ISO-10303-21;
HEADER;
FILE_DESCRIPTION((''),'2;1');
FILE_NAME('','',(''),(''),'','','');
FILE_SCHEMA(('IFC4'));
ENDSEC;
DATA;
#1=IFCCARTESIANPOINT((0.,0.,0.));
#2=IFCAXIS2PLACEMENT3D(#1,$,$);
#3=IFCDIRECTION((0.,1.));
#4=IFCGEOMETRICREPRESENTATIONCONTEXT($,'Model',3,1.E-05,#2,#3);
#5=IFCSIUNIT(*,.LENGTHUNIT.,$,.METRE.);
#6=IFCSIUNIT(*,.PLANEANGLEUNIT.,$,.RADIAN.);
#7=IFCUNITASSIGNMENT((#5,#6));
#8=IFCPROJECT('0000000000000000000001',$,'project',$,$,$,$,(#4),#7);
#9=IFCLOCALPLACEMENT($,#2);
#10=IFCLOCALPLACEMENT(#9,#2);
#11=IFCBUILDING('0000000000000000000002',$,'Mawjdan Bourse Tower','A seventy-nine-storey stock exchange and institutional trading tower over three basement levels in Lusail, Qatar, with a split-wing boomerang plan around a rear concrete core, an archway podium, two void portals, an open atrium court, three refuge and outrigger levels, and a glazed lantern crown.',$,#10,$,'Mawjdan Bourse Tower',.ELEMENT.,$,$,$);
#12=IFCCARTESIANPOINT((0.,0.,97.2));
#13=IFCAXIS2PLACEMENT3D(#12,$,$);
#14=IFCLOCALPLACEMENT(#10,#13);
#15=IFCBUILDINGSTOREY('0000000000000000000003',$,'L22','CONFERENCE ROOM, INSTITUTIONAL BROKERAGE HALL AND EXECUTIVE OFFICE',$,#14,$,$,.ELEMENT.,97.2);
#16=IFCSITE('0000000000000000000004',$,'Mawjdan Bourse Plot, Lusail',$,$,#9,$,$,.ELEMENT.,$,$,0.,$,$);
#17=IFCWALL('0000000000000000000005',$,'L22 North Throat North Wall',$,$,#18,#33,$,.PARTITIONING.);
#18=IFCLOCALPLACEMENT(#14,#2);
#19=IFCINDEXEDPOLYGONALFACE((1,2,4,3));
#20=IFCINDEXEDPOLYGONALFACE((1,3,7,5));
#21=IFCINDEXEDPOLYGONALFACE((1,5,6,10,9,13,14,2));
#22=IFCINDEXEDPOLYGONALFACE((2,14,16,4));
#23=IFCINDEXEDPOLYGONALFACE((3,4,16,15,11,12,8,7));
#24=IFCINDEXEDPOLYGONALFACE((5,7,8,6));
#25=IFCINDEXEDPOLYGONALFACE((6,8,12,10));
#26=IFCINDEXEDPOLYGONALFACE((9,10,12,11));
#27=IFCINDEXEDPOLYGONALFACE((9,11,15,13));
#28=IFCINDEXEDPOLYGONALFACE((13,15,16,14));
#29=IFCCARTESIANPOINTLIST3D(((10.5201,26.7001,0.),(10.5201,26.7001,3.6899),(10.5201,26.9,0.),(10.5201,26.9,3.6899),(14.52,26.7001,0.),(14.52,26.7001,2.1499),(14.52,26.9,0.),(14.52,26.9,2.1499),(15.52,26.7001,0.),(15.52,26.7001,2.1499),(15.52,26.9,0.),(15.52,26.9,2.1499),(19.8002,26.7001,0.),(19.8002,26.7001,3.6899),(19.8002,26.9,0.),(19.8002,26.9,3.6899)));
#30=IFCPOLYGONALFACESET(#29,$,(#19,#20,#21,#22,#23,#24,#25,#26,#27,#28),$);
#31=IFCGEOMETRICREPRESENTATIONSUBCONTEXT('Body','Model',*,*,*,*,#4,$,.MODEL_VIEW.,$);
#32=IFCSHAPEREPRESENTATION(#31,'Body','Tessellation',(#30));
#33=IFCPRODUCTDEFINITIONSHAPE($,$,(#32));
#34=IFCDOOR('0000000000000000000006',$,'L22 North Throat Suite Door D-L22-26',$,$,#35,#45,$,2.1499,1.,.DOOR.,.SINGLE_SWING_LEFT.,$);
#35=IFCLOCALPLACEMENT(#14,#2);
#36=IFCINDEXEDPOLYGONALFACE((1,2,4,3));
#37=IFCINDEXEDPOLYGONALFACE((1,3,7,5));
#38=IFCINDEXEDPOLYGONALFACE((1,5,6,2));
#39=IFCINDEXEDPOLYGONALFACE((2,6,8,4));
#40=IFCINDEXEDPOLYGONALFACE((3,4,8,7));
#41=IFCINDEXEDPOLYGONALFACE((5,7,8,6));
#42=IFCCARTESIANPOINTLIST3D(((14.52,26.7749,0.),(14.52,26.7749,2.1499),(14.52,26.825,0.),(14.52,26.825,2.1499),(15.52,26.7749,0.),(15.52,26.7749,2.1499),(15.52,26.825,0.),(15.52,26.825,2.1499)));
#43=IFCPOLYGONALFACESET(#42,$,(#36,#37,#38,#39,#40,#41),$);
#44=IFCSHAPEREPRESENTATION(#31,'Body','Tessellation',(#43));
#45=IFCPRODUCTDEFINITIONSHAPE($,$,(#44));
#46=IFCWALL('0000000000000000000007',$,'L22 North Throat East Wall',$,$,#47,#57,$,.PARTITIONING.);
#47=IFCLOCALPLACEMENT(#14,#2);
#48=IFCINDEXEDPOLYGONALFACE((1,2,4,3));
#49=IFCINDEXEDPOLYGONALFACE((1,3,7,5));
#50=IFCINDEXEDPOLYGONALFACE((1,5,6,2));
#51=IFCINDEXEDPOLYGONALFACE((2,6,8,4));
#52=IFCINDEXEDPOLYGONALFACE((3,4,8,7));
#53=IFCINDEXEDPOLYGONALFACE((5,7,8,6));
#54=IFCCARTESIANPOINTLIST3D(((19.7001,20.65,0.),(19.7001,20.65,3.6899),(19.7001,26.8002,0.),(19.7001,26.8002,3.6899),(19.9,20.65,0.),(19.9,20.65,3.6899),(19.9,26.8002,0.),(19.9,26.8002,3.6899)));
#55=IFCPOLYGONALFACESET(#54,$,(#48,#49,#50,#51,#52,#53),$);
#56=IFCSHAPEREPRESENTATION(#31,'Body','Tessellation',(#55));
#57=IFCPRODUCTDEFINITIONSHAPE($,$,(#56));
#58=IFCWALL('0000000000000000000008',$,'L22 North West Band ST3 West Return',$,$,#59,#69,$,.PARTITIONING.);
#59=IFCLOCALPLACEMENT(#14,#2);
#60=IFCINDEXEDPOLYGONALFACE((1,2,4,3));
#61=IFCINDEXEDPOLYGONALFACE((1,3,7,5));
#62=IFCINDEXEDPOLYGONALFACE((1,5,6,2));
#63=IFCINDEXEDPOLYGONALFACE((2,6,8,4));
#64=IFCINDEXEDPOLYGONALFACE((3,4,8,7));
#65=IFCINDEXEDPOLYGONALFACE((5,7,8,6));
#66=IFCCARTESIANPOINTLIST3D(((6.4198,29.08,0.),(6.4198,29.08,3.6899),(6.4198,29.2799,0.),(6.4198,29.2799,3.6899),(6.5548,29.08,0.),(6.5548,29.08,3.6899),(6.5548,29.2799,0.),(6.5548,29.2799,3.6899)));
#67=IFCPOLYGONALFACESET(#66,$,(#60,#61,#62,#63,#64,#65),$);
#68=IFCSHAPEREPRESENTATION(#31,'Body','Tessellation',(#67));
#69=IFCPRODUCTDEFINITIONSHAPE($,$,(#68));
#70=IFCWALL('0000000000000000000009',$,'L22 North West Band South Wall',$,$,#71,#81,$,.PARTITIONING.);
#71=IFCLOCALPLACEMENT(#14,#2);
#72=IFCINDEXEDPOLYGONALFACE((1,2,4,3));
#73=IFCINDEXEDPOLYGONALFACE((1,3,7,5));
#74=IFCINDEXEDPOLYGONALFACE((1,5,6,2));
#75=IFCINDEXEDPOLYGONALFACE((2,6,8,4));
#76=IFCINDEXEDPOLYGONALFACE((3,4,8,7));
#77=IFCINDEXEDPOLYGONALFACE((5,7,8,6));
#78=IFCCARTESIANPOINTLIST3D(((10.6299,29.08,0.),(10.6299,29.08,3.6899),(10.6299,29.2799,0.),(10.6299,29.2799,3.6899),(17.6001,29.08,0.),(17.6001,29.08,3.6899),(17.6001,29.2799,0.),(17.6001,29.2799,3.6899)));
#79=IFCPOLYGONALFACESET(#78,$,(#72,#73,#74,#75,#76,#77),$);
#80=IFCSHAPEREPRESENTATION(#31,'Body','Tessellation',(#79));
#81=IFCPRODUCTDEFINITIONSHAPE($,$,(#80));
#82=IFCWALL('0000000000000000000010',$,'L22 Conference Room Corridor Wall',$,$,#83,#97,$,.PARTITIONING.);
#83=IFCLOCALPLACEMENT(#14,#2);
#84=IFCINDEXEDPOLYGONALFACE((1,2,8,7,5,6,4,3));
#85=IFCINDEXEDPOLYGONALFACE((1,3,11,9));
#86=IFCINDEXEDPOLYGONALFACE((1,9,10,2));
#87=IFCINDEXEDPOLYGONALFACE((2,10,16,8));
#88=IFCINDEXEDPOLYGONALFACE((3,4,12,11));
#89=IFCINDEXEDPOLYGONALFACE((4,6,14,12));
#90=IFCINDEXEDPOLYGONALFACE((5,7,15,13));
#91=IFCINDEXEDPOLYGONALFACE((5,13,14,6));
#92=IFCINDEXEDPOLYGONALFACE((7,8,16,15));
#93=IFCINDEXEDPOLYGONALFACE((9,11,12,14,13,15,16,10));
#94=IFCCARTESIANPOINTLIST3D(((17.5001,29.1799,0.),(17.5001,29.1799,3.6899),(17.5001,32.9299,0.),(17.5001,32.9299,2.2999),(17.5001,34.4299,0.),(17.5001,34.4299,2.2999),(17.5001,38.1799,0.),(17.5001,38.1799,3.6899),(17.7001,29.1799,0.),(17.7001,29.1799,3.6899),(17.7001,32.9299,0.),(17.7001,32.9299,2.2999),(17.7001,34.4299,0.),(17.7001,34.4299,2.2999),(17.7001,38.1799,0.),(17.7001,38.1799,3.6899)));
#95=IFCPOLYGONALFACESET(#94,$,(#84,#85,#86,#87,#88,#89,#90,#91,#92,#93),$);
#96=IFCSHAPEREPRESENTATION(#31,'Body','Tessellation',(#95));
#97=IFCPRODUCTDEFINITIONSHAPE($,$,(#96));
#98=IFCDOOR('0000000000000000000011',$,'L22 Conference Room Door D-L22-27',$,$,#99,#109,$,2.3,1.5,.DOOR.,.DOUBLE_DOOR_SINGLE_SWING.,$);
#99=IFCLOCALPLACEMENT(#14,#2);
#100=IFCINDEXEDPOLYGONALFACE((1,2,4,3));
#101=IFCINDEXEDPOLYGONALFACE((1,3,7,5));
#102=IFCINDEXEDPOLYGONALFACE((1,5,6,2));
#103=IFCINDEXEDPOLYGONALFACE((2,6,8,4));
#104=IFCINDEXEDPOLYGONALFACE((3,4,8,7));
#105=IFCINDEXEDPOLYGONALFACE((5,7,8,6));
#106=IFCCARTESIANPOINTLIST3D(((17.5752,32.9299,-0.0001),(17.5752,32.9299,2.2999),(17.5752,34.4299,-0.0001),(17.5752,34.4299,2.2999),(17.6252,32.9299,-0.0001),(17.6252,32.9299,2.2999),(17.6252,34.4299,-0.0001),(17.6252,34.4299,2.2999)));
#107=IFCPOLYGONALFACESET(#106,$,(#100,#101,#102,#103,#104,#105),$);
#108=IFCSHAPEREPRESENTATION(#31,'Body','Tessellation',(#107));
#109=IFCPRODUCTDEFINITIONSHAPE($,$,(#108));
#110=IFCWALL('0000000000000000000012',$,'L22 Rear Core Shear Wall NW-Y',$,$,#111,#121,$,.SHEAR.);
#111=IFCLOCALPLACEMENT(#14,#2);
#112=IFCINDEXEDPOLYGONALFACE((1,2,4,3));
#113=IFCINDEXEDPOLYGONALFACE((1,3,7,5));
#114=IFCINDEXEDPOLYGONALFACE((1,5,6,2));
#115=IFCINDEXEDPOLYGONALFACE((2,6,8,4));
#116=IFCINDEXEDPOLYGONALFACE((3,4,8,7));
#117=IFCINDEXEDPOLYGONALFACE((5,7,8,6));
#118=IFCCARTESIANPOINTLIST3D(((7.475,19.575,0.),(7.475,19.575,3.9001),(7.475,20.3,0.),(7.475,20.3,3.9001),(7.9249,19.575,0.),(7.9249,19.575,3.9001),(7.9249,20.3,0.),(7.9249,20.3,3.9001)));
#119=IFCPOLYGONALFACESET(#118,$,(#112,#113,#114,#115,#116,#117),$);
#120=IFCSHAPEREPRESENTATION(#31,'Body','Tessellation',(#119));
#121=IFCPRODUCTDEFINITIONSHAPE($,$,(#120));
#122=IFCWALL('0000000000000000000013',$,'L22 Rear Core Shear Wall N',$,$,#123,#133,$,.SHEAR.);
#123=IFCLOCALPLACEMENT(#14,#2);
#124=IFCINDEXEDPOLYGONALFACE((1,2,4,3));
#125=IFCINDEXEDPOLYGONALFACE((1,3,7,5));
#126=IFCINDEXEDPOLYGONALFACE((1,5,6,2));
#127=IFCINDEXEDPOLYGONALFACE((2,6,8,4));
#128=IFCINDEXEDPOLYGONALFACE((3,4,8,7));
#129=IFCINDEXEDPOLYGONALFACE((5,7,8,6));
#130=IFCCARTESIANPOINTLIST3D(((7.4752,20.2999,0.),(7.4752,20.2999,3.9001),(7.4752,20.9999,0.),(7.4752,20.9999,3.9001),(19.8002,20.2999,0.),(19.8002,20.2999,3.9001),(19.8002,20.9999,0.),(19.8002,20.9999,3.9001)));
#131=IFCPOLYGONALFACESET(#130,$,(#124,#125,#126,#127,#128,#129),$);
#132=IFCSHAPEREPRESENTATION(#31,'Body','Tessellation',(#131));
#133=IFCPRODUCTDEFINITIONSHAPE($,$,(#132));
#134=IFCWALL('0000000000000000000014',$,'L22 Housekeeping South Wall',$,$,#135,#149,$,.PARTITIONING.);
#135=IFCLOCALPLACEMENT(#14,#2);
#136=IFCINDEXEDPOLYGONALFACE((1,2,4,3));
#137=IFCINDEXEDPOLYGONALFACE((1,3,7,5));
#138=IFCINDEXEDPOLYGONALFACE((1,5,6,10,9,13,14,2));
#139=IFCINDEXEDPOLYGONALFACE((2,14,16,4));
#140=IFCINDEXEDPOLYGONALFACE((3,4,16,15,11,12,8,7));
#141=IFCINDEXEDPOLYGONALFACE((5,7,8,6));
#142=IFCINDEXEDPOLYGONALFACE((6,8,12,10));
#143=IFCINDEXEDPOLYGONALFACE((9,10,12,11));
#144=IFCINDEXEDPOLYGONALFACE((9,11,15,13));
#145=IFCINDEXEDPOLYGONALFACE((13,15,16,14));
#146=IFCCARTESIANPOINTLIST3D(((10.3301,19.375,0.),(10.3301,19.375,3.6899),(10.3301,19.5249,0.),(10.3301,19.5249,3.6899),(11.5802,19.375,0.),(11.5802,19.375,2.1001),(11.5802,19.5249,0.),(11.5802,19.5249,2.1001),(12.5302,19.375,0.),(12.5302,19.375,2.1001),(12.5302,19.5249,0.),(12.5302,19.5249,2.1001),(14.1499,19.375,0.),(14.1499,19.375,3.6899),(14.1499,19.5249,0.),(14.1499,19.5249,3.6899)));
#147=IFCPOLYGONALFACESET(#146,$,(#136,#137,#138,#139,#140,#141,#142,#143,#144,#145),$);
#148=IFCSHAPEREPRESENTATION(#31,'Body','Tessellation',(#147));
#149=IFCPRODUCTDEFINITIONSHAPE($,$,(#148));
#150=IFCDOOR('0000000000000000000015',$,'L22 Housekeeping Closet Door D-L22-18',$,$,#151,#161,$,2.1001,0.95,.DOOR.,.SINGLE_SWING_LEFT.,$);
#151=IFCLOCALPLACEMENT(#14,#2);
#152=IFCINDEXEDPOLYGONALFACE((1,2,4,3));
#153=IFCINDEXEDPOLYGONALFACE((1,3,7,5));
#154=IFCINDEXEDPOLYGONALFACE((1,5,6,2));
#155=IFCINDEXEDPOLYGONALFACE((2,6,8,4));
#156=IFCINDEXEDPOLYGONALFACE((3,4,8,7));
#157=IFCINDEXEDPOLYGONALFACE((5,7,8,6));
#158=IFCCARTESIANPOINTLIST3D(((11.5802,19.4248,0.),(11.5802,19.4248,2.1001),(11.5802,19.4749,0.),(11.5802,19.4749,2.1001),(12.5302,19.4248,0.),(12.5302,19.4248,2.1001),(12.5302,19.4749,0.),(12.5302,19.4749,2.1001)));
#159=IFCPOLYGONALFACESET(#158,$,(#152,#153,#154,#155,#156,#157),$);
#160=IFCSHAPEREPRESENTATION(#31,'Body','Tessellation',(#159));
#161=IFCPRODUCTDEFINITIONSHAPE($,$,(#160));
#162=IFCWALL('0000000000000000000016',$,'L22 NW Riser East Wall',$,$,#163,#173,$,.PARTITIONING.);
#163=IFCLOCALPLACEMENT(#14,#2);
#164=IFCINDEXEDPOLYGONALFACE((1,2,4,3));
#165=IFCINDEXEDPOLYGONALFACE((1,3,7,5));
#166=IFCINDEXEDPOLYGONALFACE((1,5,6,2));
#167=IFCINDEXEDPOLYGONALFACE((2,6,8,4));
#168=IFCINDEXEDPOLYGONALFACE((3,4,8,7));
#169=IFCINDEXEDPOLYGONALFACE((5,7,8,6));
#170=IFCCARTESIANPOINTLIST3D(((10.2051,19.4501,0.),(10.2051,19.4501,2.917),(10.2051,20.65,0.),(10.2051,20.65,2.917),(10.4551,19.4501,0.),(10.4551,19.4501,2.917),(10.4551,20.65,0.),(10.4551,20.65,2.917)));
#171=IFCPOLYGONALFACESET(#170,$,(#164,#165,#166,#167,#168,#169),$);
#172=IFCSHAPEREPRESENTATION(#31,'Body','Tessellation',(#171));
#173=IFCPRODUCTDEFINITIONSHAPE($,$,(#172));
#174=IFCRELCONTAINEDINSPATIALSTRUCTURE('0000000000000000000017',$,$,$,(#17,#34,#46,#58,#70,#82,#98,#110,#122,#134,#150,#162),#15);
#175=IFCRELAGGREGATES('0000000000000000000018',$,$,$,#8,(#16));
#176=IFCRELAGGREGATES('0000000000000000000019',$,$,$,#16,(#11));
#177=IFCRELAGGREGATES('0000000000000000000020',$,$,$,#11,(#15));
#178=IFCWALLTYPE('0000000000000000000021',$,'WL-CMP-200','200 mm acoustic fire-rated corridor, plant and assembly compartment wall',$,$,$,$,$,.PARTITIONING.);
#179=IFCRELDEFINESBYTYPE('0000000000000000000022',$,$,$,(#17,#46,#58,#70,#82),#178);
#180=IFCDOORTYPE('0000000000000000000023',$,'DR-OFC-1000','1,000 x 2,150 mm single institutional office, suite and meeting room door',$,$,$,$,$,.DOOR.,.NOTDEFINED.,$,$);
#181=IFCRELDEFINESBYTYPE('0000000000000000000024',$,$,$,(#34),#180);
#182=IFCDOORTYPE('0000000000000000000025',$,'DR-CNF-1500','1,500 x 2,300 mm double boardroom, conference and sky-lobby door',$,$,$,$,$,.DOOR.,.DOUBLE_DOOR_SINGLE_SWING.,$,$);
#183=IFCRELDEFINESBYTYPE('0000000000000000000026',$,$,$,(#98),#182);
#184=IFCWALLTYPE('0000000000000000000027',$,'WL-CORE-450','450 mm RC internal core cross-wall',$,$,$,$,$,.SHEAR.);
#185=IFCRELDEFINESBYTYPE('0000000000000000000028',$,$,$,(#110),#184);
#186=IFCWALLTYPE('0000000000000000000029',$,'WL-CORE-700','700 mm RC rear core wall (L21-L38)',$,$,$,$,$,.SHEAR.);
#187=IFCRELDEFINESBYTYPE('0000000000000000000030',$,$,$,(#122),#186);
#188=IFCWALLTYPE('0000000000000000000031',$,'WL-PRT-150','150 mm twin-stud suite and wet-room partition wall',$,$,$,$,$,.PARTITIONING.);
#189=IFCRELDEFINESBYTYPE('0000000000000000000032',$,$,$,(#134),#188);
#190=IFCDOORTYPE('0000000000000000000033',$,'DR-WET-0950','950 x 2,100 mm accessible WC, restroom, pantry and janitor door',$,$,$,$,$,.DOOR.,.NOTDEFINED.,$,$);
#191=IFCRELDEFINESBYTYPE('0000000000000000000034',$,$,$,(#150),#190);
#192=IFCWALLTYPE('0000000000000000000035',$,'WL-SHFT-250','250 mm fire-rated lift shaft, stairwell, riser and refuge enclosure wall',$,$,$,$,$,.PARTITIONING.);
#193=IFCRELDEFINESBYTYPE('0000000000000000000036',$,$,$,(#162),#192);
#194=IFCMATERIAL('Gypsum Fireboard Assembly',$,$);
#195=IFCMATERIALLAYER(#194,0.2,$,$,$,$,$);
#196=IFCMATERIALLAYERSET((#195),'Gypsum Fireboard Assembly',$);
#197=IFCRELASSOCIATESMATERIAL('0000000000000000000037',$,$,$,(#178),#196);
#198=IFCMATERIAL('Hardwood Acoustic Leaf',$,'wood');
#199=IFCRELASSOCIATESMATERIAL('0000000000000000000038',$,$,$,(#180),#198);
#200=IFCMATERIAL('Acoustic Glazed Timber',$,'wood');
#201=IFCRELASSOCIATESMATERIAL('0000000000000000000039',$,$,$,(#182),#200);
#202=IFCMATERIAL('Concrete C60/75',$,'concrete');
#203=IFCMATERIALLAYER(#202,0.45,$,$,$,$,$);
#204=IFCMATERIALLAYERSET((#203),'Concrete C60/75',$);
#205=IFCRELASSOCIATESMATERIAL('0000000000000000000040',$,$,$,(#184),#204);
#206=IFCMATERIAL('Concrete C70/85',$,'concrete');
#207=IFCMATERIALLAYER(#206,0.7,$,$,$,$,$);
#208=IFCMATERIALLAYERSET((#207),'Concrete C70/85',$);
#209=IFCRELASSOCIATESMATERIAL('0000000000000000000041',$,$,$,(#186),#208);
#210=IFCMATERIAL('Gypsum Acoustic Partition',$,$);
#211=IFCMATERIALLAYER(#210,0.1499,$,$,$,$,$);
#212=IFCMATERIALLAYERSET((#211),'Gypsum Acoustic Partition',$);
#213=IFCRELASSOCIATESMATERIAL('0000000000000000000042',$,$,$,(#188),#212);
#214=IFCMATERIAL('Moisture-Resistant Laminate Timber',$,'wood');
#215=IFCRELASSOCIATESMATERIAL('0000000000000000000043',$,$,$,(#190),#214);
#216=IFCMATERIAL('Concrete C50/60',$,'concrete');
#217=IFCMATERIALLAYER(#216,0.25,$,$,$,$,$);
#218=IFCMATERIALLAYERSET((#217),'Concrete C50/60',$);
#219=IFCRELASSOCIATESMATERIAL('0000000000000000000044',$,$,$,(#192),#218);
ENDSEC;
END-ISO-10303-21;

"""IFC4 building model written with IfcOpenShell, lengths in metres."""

from ifc_helpers import new_model, si_unit, direction, frame, frame_2d, origin, place, context, subcontext, project, spatial, rectangle, extrude, material, layer, layer_set, type_object, element, fill, save


model = new_model("IFC4")

# Units and contexts
model_context = context("Model", 3, precision=1e-05, world=origin(), true_north=direction((0.0, 1.0)))
body_context = subcontext(model_context, "Body", "Model", "MODEL_VIEW")
ifc_project = project(units=[si_unit("LENGTHUNIT", "METRE"), si_unit("PLANEANGLEUNIT", "RADIAN")], contexts=[model_context])

# Site, building, storey
site_placement = place(None, origin())
site = spatial("IfcSite", under=ifc_project, at=site_placement, Name="Mawjdan Bourse Plot, Lusail", CompositionType="ELEMENT", RefElevation=0.0)
building_placement = place(site_placement, origin())
building = spatial("IfcBuilding", under=site, at=building_placement, Name="Mawjdan Bourse Tower", Description="A seventy-nine-storey stock exchange and institutional trading tower over three basement levels in Lusail, Qatar, with a split-wing boomerang plan around a rear concrete core, an archway podium, two void portals, an open atrium court, three refuge and outrigger levels, and a glazed lantern crown.", LongName="Mawjdan Bourse Tower", CompositionType="ELEMENT")
storey_placement = place(building_placement, frame((0.0, 0.0, 97.2)))
storey = spatial("IfcBuildingStorey", under=building, at=storey_placement, Name="L22", Description="CONFERENCE ROOM, INSTITUTIONAL BROKERAGE HALL AND EXECUTIVE OFFICE", CompositionType="ELEMENT", Elevation=97.2)

# Shared definitions
ifc_material_1 = material(Name="Concrete C70/85", Category="concrete")

# Wall, opening, door
ifc_material_2 = material(Name="Gypsum Fireboard Assembly")
ifc_layer_1 = layer(ifc_material_2, 0.2)
ifc_layer_set_1 = layer_set([ifc_layer_1], Name="Gypsum Fireboard Assembly")
wall_type_1 = type_object("IfcWallType", Name="WL-CMP-200", Description="200 mm acoustic fire-rated corridor, plant and assembly compartment wall", PredefinedType="PARTITIONING", material=ifc_layer_set_1)
wall_1_placement = place(storey_placement, frame((10.52, 26.8, 0.0), z_axis=(0.0, 0.0, 1.0), x_axis=(1.0, 0.0, 0.0)))
wall_1 = element("IfcWall", 1, at=wall_1_placement, inside=storey, type_object=wall_type_1, Name="L22 North Throat North Wall", PredefinedType="PARTITIONING", context=body_context, shape_type="SweptSolid", body=[
    extrude(rectangle(XDim=9.28, YDim=0.2, at=frame_2d((4.6401, 0.0))), origin(), (0.0, 0.0, 1.0), 3.6899),
])
opening_1_placement = place(wall_1_placement, frame((4.0, 0.0, 0.0)))
opening_1 = element("IfcOpeningElement", 2, at=opening_1_placement, cuts=wall_1, PredefinedType="OPENING", context=body_context, shape_type="SweptSolid", body=[
    extrude(rectangle(XDim=1.0, YDim=2.1499, at=frame_2d((0.5, 1.075))), frame((0.0, 0.1099, 0.0), z_axis=(0.0, -1.0, 0.0), x_axis=(1.0, 0.0, 0.0)), (0.0, 0.0, 1.0), 0.22),
])
ifc_material_3 = material(Name="Hardwood Acoustic Leaf", Category="wood")
door_type_1 = type_object("IfcDoorType", Name="DR-OFC-1000", Description="1,000 x 2,150 mm single institutional office, suite and meeting room door", OperationType="NOTDEFINED", PredefinedType="DOOR", material=ifc_material_3)
door_1_placement = place(opening_1_placement, origin())
door_1 = element("IfcDoor", 3, at=door_1_placement, inside=storey, type_object=door_type_1, Name="L22 North Throat Suite Door D-L22-26", OperationType="SINGLE_SWING_LEFT", OverallHeight=2.1499, OverallWidth=1.0, PredefinedType="DOOR", context=body_context, shape_type="SweptSolid", body=[
    extrude(rectangle(XDim=1.0, YDim=2.1499, at=frame_2d((0.5, 1.075))), frame((0.0, 0.0249, 0.0), z_axis=(0.0, -1.0, 0.0), x_axis=(1.0, 0.0, 0.0)), (0.0, 0.0, 1.0), 0.05),
])
fill(opening_1, door_1)

# Walls
wall_2_placement = place(storey_placement, frame((19.8, 20.6499, 0.0), z_axis=(0.0, 0.0, 1.0), x_axis=(0.0, 1.0, 0.0)))
element("IfcWall", 4, at=wall_2_placement, inside=storey, type_object=wall_type_1, Name="L22 North Throat East Wall", PredefinedType="PARTITIONING", context=body_context, shape_type="SweptSolid", body=[
    extrude(rectangle(XDim=6.1501, YDim=0.2, at=frame_2d((3.0752, 0.0))), origin(), (0.0, 0.0, 1.0), 3.6899),
])
wall_3_placement = place(storey_placement, frame((6.4199, 29.1799, 0.0), z_axis=(0.0, 0.0, 1.0), x_axis=(1.0, 0.0, 0.0)))
element("IfcWall", 5, at=wall_3_placement, inside=storey, type_object=wall_type_1, Name="L22 North West Band ST3 West Return", PredefinedType="PARTITIONING", context=body_context, shape_type="SweptSolid", body=[
    extrude(rectangle(XDim=0.135, YDim=0.2, at=frame_2d((0.0674, 0.0))), origin(), (0.0, 0.0, 1.0), 3.6899),
])
wall_4_placement = place(storey_placement, frame((10.6299, 29.1799, 0.0), z_axis=(0.0, 0.0, 1.0), x_axis=(1.0, 0.0, 0.0)))
element("IfcWall", 6, at=wall_4_placement, inside=storey, type_object=wall_type_1, Name="L22 North West Band South Wall", PredefinedType="PARTITIONING", context=body_context, shape_type="SweptSolid", body=[
    extrude(rectangle(XDim=6.9702, YDim=0.2, at=frame_2d((3.4851, 0.0))), origin(), (0.0, 0.0, 1.0), 3.6899),
])

# Wall, opening, door
wall_5_placement = place(storey_placement, frame((17.6001, 29.1799, 0.0), z_axis=(0.0, 0.0, 1.0), x_axis=(0.0, 1.0, 0.0)))
wall_5 = element("IfcWall", 7, at=wall_5_placement, inside=storey, type_object=wall_type_1, Name="L22 Conference Room Corridor Wall", PredefinedType="PARTITIONING", context=body_context, shape_type="SweptSolid", body=[
    extrude(rectangle(XDim=9.0, YDim=0.2, at=frame_2d((4.5, 0.0))), origin(), (0.0, 0.0, 1.0), 3.6899),
])
opening_2_placement = place(wall_5_placement, frame((3.75, 0.0, 0.0)))
opening_2 = element("IfcOpeningElement", 8, at=opening_2_placement, cuts=wall_5, PredefinedType="OPENING", context=body_context, shape_type="SweptSolid", body=[
    extrude(rectangle(XDim=1.5, YDim=2.3, at=frame_2d((0.75, 1.1499))), frame((0.0, 0.1099, 0.0), z_axis=(0.0, -1.0, 0.0), x_axis=(1.0, 0.0, 0.0)), (0.0, 0.0, 1.0), 0.22),
])
ifc_material_4 = material(Name="Acoustic Glazed Timber", Category="wood")
door_type_2 = type_object("IfcDoorType", Name="DR-CNF-1500", Description="1,500 x 2,300 mm double boardroom, conference and sky-lobby door", OperationType="DOUBLE_DOOR_SINGLE_SWING", PredefinedType="DOOR", material=ifc_material_4)
door_2_placement = place(opening_2_placement, origin())
door_2 = element("IfcDoor", 9, at=door_2_placement, inside=storey, type_object=door_type_2, Name="L22 Conference Room Door D-L22-27", OperationType="DOUBLE_DOOR_SINGLE_SWING", OverallHeight=2.3, OverallWidth=1.5, PredefinedType="DOOR", context=body_context, shape_type="SweptSolid", body=[
    extrude(rectangle(XDim=1.5, YDim=2.3, at=frame_2d((0.75, 1.1499))), frame((0.0, 0.0249, 0.0), z_axis=(0.0, -1.0, 0.0), x_axis=(1.0, 0.0, 0.0)), (0.0, 0.0, 1.0), 0.05),
])
fill(opening_2, door_2)

# Walls
ifc_material_5 = material(Name="Concrete C60/75", Category="concrete")
ifc_layer_2 = layer(ifc_material_5, 0.45)
ifc_layer_set_2 = layer_set([ifc_layer_2], Name="Concrete C60/75")
wall_type_2 = type_object("IfcWallType", Name="WL-CORE-450", Description="450 mm RC internal core cross-wall", PredefinedType="SHEAR", material=ifc_layer_set_2)
wall_6_placement = place(storey_placement, frame((7.7, 19.575, 0.0), z_axis=(0.0, 0.0, 1.0), x_axis=(0.0, 1.0, 0.0)))
element("IfcWall", 10, at=wall_6_placement, inside=storey, type_object=wall_type_2, Name="L22 Rear Core Shear Wall NW-Y", PredefinedType="SHEAR", context=body_context, shape_type="SweptSolid", body=[
    extrude(rectangle(XDim=0.7251, YDim=0.45, at=frame_2d((0.3625, 0.0))), origin(), (0.0, 0.0, 1.0), 3.9001),
])
ifc_layer_3 = layer(ifc_material_1, 0.7)
ifc_layer_set_3 = layer_set([ifc_layer_3], Name="Concrete C70/85")
wall_type_3 = type_object("IfcWallType", Name="WL-CORE-700", Description="700 mm RC rear core wall (L21-L38)", PredefinedType="SHEAR", material=ifc_layer_set_3)
wall_7_placement = place(storey_placement, frame((7.4751, 20.6499, 0.0), z_axis=(0.0, 0.0, 1.0), x_axis=(1.0, 0.0, 0.0)))
element("IfcWall", 11, at=wall_7_placement, inside=storey, type_object=wall_type_3, Name="L22 Rear Core Shear Wall N", PredefinedType="SHEAR", context=body_context, shape_type="SweptSolid", body=[
    extrude(rectangle(XDim=12.325, YDim=0.7, at=frame_2d((6.1626, 0.0))), origin(), (0.0, 0.0, 1.0), 3.9001),
])

# Wall, opening, door
ifc_material_6 = material(Name="Gypsum Acoustic Partition")
ifc_layer_4 = layer(ifc_material_6, 0.1499)
ifc_layer_set_4 = layer_set([ifc_layer_4], Name="Gypsum Acoustic Partition")
wall_type_4 = type_object("IfcWallType", Name="WL-PRT-150", Description="150 mm twin-stud suite and wet-room partition wall", PredefinedType="PARTITIONING", material=ifc_layer_set_4)
wall_8_placement = place(storey_placement, frame((10.3301, 19.45, 0.0), z_axis=(0.0, 0.0, 1.0), x_axis=(1.0, 0.0, 0.0)))
wall_8 = element("IfcWall", 12, at=wall_8_placement, inside=storey, type_object=wall_type_4, Name="L22 Housekeeping South Wall", PredefinedType="PARTITIONING", context=body_context, shape_type="SweptSolid", body=[
    extrude(rectangle(XDim=3.8198, YDim=0.1499, at=frame_2d((1.9099, 0.0))), origin(), (0.0, 0.0, 1.0), 3.6899),
])
opening_3_placement = place(wall_8_placement, frame((1.25, 0.0, 0.0)))
opening_3 = element("IfcOpeningElement", 13, at=opening_3_placement, cuts=wall_8, PredefinedType="OPENING", context=body_context, shape_type="SweptSolid", body=[
    extrude(rectangle(XDim=0.95, YDim=2.1001, at=frame_2d((0.4751, 1.05))), frame((0.0, 0.085, 0.0), z_axis=(0.0, -1.0, 0.0), x_axis=(1.0, 0.0, 0.0)), (0.0, 0.0, 1.0), 0.1699),
])
ifc_material_7 = material(Name="Moisture-Resistant Laminate Timber", Category="wood")
door_type_3 = type_object("IfcDoorType", Name="DR-WET-0950", Description="950 x 2,100 mm accessible WC, restroom, pantry and janitor door", OperationType="NOTDEFINED", PredefinedType="DOOR", material=ifc_material_7)
door_3_placement = place(opening_3_placement, origin())
door_3 = element("IfcDoor", 14, at=door_3_placement, inside=storey, type_object=door_type_3, Name="L22 Housekeeping Closet Door D-L22-18", OperationType="SINGLE_SWING_LEFT", OverallHeight=2.1001, OverallWidth=0.95, PredefinedType="DOOR", context=body_context, shape_type="SweptSolid", body=[
    extrude(rectangle(XDim=0.95, YDim=2.1001, at=frame_2d((0.4751, 1.05))), frame((0.0, 0.0249, 0.0), z_axis=(0.0, -1.0, 0.0), x_axis=(1.0, 0.0, 0.0)), (0.0, 0.0, 1.0), 0.05),
])
fill(opening_3, door_3)

# Wall
ifc_material_8 = material(Name="Concrete C50/60", Category="concrete")
ifc_layer_5 = layer(ifc_material_8, 0.25)
ifc_layer_set_5 = layer_set([ifc_layer_5], Name="Concrete C50/60")
wall_type_5 = type_object("IfcWallType", Name="WL-SHFT-250", Description="250 mm fire-rated lift shaft, stairwell, riser and refuge enclosure wall", PredefinedType="PARTITIONING", material=ifc_layer_set_5)
wall_9_placement = place(storey_placement, frame((10.3301, 19.45, 0.0), z_axis=(0.0, 0.0, 1.0), x_axis=(0.0, 1.0, 0.0)))
element("IfcWall", 15, at=wall_9_placement, inside=storey, type_object=wall_type_5, Name="L22 NW Riser East Wall", PredefinedType="PARTITIONING", context=body_context, shape_type="SweptSolid", body=[
    extrude(rectangle(XDim=1.2, YDim=0.25, at=frame_2d((0.6001, 0.0))), origin(), (0.0, 0.0, 1.0), 2.917),
])

save(model, "model.ifc")
